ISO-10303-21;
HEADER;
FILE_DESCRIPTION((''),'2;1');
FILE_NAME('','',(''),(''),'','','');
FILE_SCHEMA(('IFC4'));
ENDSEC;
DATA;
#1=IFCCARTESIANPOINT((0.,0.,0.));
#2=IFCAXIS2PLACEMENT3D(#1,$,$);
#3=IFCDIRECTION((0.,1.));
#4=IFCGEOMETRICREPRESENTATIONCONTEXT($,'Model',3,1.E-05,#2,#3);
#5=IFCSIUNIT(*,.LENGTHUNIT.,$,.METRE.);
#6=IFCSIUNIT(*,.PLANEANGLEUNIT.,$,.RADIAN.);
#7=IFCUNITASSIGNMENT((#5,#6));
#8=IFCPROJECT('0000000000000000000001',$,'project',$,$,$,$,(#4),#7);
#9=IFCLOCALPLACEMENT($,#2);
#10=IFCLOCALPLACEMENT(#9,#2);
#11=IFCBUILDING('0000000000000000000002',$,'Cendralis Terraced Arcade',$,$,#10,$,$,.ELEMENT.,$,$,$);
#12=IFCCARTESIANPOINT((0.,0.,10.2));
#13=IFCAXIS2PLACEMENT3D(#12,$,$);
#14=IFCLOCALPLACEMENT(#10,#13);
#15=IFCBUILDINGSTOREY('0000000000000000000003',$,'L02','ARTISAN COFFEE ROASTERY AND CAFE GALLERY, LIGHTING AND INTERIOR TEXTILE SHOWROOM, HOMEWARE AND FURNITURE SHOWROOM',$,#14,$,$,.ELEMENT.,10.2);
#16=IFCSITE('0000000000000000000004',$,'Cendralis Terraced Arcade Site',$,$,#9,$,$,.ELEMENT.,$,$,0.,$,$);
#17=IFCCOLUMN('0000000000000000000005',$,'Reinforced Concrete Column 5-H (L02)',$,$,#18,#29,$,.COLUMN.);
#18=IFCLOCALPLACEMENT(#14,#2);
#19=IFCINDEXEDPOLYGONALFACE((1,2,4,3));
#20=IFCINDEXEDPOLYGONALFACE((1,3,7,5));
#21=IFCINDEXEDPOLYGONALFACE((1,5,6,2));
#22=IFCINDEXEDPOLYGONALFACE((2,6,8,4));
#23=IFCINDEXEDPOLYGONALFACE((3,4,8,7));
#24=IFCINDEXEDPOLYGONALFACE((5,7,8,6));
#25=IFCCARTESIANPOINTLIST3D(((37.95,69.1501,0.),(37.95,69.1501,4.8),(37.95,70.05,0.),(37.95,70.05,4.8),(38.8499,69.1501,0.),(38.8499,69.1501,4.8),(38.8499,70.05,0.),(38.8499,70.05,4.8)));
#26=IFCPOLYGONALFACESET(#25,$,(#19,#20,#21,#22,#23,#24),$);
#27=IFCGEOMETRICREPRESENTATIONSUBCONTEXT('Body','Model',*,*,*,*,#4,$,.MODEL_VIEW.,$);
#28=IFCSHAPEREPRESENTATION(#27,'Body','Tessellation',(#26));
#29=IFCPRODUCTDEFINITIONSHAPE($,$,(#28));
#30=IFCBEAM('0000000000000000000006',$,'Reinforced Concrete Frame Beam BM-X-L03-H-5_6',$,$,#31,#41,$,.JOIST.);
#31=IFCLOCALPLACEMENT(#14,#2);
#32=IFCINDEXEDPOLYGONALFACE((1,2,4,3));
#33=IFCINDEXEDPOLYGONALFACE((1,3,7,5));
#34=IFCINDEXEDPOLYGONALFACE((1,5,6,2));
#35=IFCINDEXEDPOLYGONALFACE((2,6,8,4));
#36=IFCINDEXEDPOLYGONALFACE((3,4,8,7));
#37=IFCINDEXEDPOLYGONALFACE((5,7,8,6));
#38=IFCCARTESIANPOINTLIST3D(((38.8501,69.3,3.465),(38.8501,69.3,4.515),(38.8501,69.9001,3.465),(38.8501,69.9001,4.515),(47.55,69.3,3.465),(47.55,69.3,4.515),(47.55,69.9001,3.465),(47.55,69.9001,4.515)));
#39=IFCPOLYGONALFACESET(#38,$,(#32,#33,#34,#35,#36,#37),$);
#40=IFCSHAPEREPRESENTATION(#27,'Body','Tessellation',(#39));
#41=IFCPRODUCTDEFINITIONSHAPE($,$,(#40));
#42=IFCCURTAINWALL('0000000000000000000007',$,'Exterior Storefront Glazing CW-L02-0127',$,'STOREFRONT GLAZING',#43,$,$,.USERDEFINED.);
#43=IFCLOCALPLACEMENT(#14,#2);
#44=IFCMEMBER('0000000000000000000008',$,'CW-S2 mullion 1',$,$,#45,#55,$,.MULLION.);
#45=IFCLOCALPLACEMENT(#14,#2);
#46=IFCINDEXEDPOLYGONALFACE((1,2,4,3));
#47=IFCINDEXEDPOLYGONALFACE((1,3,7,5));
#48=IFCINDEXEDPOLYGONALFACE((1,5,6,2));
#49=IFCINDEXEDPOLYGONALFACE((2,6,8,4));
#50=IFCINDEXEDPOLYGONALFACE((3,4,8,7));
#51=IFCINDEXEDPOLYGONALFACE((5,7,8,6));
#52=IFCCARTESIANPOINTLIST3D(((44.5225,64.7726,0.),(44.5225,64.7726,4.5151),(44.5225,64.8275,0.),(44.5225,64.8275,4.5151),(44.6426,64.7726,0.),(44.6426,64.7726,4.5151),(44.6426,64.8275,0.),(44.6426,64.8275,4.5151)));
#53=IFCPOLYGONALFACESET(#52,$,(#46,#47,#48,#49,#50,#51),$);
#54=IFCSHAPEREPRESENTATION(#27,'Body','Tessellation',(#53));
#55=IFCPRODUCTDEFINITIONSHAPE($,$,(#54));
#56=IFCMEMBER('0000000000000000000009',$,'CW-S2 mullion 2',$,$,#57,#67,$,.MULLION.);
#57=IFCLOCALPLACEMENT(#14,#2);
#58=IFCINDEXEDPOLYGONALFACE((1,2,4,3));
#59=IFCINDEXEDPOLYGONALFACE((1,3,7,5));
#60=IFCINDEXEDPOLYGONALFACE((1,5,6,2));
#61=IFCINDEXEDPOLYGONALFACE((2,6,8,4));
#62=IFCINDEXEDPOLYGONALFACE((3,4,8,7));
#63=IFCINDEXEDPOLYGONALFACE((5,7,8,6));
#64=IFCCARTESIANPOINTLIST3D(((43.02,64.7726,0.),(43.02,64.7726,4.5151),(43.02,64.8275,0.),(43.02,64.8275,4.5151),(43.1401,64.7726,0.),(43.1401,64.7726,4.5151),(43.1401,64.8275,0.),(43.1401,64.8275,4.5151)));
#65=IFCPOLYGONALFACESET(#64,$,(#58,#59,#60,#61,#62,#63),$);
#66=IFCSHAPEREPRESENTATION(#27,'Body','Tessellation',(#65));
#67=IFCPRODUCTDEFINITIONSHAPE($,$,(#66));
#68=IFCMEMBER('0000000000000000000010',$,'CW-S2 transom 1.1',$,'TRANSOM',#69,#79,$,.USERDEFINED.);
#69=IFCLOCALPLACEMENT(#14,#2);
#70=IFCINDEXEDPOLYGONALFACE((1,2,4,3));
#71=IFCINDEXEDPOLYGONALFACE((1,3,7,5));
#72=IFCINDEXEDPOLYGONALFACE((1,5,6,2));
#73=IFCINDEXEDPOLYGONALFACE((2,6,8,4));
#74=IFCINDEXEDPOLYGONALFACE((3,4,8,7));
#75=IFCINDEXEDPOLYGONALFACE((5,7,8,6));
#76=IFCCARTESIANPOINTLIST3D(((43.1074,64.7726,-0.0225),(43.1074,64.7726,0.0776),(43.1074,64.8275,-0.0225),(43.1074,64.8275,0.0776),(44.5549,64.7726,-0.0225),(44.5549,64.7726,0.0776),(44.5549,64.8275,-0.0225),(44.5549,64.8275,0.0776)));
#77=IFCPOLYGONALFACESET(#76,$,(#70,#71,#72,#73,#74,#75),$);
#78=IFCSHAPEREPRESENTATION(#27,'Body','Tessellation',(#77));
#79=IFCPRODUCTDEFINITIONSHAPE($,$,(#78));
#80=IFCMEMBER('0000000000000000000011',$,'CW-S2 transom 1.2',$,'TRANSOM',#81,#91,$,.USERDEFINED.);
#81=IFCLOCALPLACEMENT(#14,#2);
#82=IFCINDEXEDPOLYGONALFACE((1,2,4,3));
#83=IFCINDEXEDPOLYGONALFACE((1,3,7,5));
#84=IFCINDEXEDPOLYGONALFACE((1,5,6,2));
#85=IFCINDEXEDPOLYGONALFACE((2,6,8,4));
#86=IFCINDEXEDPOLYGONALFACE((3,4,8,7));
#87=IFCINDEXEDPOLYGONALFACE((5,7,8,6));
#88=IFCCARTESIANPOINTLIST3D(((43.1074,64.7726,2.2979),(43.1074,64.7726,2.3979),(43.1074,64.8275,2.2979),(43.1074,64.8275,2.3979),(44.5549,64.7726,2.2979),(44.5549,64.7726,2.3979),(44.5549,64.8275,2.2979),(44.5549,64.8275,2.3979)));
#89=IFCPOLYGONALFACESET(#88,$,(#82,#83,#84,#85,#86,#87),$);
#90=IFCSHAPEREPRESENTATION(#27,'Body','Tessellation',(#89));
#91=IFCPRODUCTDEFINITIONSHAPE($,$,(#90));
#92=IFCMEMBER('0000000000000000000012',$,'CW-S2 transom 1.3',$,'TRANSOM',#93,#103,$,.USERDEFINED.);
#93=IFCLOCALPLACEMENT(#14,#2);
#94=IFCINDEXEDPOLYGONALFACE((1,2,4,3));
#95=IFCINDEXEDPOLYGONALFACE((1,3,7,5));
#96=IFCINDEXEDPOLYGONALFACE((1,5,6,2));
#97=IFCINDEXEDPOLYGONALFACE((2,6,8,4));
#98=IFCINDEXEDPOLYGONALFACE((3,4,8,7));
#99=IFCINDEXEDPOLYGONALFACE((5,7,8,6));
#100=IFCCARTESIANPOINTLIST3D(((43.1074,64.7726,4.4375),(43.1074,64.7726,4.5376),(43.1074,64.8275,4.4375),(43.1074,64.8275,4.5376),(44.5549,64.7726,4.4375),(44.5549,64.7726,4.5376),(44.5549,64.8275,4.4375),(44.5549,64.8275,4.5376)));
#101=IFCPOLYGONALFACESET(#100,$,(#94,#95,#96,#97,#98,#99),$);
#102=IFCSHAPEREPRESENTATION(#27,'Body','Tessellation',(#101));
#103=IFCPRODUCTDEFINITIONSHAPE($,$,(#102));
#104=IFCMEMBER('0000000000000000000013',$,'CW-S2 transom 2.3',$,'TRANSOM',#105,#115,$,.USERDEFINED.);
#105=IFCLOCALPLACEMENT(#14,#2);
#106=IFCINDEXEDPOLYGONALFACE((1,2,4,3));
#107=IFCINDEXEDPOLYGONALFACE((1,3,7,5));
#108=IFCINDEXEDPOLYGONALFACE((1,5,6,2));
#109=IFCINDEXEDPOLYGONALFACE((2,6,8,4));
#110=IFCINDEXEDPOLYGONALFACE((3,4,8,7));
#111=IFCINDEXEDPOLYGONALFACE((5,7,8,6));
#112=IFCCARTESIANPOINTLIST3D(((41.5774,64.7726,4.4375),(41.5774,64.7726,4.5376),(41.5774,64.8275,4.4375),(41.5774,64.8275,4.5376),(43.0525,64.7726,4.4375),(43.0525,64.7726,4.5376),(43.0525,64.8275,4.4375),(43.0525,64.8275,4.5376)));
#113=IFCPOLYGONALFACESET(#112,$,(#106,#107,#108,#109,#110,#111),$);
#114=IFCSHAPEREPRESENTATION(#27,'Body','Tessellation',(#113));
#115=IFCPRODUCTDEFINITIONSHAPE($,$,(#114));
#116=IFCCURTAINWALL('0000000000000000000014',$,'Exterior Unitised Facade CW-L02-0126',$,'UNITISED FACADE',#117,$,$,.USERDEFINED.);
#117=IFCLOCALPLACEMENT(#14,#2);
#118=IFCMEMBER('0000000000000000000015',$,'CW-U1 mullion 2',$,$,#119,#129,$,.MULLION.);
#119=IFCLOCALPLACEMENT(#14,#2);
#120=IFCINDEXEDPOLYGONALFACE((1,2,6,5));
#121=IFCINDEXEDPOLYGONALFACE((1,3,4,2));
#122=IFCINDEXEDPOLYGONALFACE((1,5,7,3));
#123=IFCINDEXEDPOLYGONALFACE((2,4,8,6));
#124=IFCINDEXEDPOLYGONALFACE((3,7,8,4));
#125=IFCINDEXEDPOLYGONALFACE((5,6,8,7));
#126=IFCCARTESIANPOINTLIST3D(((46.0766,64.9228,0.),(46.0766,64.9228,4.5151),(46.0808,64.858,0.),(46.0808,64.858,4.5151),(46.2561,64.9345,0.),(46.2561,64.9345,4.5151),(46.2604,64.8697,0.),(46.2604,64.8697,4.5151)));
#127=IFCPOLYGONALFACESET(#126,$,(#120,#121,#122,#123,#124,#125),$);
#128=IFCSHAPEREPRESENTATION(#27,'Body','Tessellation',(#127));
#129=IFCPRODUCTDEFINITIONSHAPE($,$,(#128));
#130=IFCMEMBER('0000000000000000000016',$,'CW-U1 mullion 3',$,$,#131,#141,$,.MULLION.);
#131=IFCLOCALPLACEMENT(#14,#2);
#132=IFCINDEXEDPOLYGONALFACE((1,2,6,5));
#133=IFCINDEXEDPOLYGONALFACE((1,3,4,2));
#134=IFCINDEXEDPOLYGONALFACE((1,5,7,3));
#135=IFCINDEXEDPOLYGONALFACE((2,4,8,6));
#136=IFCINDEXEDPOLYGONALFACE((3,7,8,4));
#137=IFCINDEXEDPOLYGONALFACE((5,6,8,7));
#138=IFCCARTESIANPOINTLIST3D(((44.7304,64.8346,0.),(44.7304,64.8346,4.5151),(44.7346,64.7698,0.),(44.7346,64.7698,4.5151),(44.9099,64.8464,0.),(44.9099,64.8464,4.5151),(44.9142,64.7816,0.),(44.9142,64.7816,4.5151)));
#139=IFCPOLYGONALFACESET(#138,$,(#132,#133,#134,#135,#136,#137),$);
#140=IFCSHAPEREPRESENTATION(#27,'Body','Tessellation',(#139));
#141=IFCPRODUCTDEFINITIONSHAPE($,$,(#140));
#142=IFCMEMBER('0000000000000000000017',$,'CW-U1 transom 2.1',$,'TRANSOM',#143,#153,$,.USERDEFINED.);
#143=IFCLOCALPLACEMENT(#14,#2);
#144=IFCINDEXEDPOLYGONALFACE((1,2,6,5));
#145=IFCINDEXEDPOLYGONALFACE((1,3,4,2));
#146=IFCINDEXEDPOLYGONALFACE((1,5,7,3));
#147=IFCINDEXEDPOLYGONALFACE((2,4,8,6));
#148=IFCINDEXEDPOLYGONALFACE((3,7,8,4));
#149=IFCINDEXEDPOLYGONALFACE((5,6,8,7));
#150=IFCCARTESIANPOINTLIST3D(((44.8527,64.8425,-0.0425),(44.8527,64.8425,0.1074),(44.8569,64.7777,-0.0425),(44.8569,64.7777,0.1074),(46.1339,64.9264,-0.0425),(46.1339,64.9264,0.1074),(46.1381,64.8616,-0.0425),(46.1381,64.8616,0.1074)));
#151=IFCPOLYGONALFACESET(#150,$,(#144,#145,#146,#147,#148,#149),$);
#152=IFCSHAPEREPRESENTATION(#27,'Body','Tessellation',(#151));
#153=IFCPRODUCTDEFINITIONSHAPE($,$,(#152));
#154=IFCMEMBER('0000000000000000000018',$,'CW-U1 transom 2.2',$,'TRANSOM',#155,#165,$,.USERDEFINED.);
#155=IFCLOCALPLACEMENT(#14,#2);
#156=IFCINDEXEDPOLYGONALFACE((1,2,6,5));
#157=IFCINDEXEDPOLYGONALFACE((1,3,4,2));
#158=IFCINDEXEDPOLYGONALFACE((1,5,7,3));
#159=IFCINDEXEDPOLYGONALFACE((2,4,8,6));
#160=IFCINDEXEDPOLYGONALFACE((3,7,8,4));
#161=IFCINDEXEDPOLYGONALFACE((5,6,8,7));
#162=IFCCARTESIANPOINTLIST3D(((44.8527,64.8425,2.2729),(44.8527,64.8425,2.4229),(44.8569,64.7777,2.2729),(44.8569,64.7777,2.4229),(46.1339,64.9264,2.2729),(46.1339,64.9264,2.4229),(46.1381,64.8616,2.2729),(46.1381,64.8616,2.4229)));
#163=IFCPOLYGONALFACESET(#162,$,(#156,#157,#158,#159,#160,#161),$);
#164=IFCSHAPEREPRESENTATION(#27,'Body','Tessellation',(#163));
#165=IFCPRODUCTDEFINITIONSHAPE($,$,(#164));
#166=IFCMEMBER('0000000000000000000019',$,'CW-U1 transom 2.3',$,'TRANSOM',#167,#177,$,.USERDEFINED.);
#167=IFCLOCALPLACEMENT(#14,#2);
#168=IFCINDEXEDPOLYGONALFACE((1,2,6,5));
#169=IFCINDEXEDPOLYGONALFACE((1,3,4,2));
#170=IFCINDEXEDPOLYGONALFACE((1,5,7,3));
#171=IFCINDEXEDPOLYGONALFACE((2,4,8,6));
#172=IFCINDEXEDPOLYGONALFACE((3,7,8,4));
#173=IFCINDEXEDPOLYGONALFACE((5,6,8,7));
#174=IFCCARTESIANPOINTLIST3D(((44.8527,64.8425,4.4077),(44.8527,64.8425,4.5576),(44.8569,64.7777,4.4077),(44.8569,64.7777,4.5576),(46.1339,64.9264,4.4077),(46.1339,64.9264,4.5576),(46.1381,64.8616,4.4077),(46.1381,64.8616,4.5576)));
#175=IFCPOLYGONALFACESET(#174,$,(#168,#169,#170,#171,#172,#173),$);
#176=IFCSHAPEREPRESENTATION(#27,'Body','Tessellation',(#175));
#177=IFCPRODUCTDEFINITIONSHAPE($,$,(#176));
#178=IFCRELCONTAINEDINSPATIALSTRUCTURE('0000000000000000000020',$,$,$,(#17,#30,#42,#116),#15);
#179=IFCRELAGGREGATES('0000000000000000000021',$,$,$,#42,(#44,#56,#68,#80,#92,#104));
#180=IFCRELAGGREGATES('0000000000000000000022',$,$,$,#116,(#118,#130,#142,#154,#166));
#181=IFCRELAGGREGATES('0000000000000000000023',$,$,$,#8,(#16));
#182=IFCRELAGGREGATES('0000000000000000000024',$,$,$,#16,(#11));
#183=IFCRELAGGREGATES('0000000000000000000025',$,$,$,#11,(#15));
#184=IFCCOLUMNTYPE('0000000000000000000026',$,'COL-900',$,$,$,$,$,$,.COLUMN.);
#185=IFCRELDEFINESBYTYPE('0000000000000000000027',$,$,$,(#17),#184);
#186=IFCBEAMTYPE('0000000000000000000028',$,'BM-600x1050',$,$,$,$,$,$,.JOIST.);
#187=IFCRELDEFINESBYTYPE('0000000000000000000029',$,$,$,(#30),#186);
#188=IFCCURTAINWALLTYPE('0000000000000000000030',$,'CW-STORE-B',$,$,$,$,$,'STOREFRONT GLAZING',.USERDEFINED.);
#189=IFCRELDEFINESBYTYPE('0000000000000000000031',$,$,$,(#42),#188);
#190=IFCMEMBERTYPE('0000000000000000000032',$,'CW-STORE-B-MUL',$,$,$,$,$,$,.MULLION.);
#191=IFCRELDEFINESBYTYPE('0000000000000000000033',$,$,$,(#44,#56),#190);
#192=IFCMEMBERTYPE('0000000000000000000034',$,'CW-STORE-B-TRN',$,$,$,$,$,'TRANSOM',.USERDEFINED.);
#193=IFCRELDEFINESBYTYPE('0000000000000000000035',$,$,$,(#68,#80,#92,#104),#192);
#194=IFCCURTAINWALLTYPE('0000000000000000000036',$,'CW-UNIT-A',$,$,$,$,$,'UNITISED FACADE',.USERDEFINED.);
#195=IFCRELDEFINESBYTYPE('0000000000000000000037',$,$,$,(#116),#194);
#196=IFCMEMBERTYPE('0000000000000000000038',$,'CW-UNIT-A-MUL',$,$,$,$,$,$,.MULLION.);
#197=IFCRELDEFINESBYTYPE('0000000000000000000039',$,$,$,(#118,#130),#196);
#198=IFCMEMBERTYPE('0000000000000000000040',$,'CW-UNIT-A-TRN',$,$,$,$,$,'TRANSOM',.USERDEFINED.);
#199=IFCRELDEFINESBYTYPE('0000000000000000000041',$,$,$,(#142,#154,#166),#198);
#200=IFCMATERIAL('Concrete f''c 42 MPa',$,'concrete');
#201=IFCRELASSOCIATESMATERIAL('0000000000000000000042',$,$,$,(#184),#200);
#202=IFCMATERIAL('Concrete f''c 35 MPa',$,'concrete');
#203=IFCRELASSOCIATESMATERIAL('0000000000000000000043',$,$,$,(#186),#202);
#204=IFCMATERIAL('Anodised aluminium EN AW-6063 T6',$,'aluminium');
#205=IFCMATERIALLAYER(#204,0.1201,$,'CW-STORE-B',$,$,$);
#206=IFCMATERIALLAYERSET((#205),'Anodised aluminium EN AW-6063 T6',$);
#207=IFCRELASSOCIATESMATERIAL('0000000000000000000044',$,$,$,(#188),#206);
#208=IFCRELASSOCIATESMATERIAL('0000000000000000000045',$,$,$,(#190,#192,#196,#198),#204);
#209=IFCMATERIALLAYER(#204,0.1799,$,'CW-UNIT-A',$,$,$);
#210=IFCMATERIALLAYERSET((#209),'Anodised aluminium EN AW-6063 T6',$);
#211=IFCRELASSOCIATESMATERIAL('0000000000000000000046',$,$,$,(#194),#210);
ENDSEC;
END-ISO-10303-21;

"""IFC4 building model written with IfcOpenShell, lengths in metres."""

from ifc_helpers import new_model, si_unit, direction, frame, origin, origin_2d, place, context, subcontext, project, spatial, rectangle, extrude, material, layer, layer_set, material_profile, profile_set, type_object, element, aggregate, save


model = new_model("IFC4")

# Units and contexts
model_context = context("Model", 3, precision=1e-05, world=origin(), true_north=direction((0.0, 1.0)))
body_context = subcontext(model_context, "Body", "Model", "MODEL_VIEW")
ifc_project = project(units=[si_unit("LENGTHUNIT", "METRE"), si_unit("PLANEANGLEUNIT", "RADIAN")], contexts=[model_context])

# Site, building, storey
site_placement = place(None, origin())
site = spatial("IfcSite", under=ifc_project, at=site_placement, Name="Cendralis Terraced Arcade Site", CompositionType="ELEMENT", RefElevation=0.0)
building_placement = place(site_placement, origin())
building = spatial("IfcBuilding", under=site, at=building_placement, Name="Cendralis Terraced Arcade", CompositionType="ELEMENT")
storey_placement = place(building_placement, frame((0.0, 0.0, 10.2)))
storey = spatial("IfcBuildingStorey", under=building, at=storey_placement, Name="L02", Description="ARTISAN COFFEE ROASTERY AND CAFE GALLERY, LIGHTING AND INTERIOR TEXTILE SHOWROOM, HOMEWARE AND FURNITURE SHOWROOM", CompositionType="ELEMENT", Elevation=10.2)

# Column
ifc_material_1 = material(Name="Concrete f'c 42 MPa", Category="concrete")
ifc_material_profile_1 = material_profile(ifc_material_1, rectangle(XDim=0.8999, YDim=0.8999, at=origin_2d()), Name="RC-COL-900x900", Category="LoadBearing")
ifc_profile_set_1 = profile_set([ifc_material_profile_1], Name="Concrete f'c 42 MPa")
column_type = type_object("IfcColumnType", Name="COL-900", PredefinedType="COLUMN", material=ifc_profile_set_1)
column_placement = place(storey_placement, frame((38.3999, 69.6001, 0.0), z_axis=(0.0, 0.0, 1.0), x_axis=(1.0, 0.0, 0.0)))
element("IfcColumn", 1, at=column_placement, inside=storey, type_object=column_type, Name="Reinforced Concrete Column 5-H (L02)", PredefinedType="COLUMN", context=body_context, shape_type="SweptSolid", body=[
    extrude(rectangle(XDim=0.8999, YDim=0.8999, at=origin_2d()), origin(), (0.0, 0.0, 1.0), 4.8),
])

# Beam
ifc_material_2 = material(Name="Concrete f'c 35 MPa", Category="concrete")
ifc_material_profile_2 = material_profile(ifc_material_2, rectangle(XDim=0.6001, YDim=1.05, at=origin_2d()), Name="RC-BM-600x1050", Category="LoadBearing")
ifc_profile_set_2 = profile_set([ifc_material_profile_2], Name="Concrete f'c 35 MPa")
beam_type = type_object("IfcBeamType", Name="BM-600x1050", PredefinedType="JOIST", material=ifc_profile_set_2)
beam_placement = place(storey_placement, frame((38.8501, 69.6001, 3.99), z_axis=(1.0, 0.0, 0.0), x_axis=(0.0, 1.0, 0.0)))
element("IfcBeam", 2, at=beam_placement, inside=storey, type_object=beam_type, Name="Reinforced Concrete Frame Beam BM-X-L03-H-5_6", PredefinedType="JOIST", context=body_context, shape_type="SweptSolid", body=[
    extrude(rectangle(XDim=0.6001, YDim=1.05, at=origin_2d()), origin(), (0.0, 0.0, 1.0), 8.7),
])

# Curtain walls, members
ifc_material_3 = material(Name="Anodised aluminium EN AW-6063 T6", Category="aluminium")
ifc_layer_1 = layer(ifc_material_3, 0.1201, Name="CW-STORE-B")
ifc_layer_set_1 = layer_set([ifc_layer_1], Name="Anodised aluminium EN AW-6063 T6")
curtain_wall_type_1 = type_object("IfcCurtainWallType", Name="CW-STORE-B", ElementType="STOREFRONT GLAZING", PredefinedType="USERDEFINED", material=ifc_layer_set_1)
curtain_wall_1_placement = place(storey_placement, origin())
curtain_wall_1 = element("IfcCurtainWall", 3, at=curtain_wall_1_placement, inside=storey, type_object=curtain_wall_type_1, Name="Exterior Storefront Glazing CW-L02-0127", ObjectType="STOREFRONT GLAZING", PredefinedType="USERDEFINED")
ifc_material_profile_3 = material_profile(ifc_material_3, rectangle(XDim=0.0549, YDim=0.1201, at=origin_2d()), Name="ALU-MUL-55x120")
ifc_profile_set_3 = profile_set([ifc_material_profile_3], Name="Anodised aluminium EN AW-6063 T6")
member_type_1 = type_object("IfcMemberType", Name="CW-STORE-B-MUL", PredefinedType="MULLION", material=ifc_profile_set_3)
member_1_placement = place(storey_placement, frame((44.5825, 64.8, 0.0), z_axis=(0.0, 0.0, 1.0), x_axis=(0.0, -1.0, 0.0)))
member_1 = element("IfcMember", 4, at=member_1_placement, type_object=member_type_1, Name="CW-S2 mullion 1", PredefinedType="MULLION", context=body_context, shape_type="SweptSolid", body=[
    extrude(rectangle(XDim=0.0549, YDim=0.1201, at=origin_2d()), origin(), (0.0, 0.0, 1.0), 4.5151),
])
member_2_placement = place(storey_placement, frame((43.0801, 64.8, 0.0), z_axis=(0.0, 0.0, 1.0), x_axis=(0.0, -1.0, 0.0)))
member_2 = element("IfcMember", 5, at=member_2_placement, type_object=member_type_1, Name="CW-S2 mullion 2", PredefinedType="MULLION", context=body_context, shape_type="SweptSolid", body=[
    extrude(rectangle(XDim=0.0549, YDim=0.1201, at=origin_2d()), origin(), (0.0, 0.0, 1.0), 4.5151),
])
ifc_material_profile_4 = material_profile(ifc_material_3, rectangle(XDim=0.0549, YDim=0.1001, at=origin_2d()), Name="ALU-TRN-55x100")
ifc_profile_set_4 = profile_set([ifc_material_profile_4], Name="Anodised aluminium EN AW-6063 T6")
member_type_2 = type_object("IfcMemberType", Name="CW-STORE-B-TRN", ElementType="TRANSOM", PredefinedType="USERDEFINED", material=ifc_profile_set_4)
member_3_placement = place(storey_placement, frame((44.5549, 64.8, 0.0276), z_axis=(-1.0, 0.0, 0.0), x_axis=(0.0, -1.0, 0.0)))
member_3 = element("IfcMember", 6, at=member_3_placement, type_object=member_type_2, Name="CW-S2 transom 1.1", ObjectType="TRANSOM", PredefinedType="USERDEFINED", context=body_context, shape_type="SweptSolid", body=[
    extrude(rectangle(XDim=0.0549, YDim=0.1001, at=origin_2d()), origin(), (0.0, 0.0, 1.0), 1.4475),
])
member_4_placement = place(storey_placement, frame((44.5549, 64.8, 2.3479), z_axis=(-1.0, 0.0, 0.0), x_axis=(0.0, -1.0, 0.0)))
member_4 = element("IfcMember", 7, at=member_4_placement, type_object=member_type_2, Name="CW-S2 transom 1.2", ObjectType="TRANSOM", PredefinedType="USERDEFINED", context=body_context, shape_type="SweptSolid", body=[
    extrude(rectangle(XDim=0.0549, YDim=0.1001, at=origin_2d()), origin(), (0.0, 0.0, 1.0), 1.4475),
])
member_5_placement = place(storey_placement, frame((44.5549, 64.8, 4.4875), z_axis=(-1.0, 0.0, 0.0), x_axis=(0.0, -1.0, 0.0)))
member_5 = element("IfcMember", 8, at=member_5_placement, type_object=member_type_2, Name="CW-S2 transom 1.3", ObjectType="TRANSOM", PredefinedType="USERDEFINED", context=body_context, shape_type="SweptSolid", body=[
    extrude(rectangle(XDim=0.0549, YDim=0.1001, at=origin_2d()), origin(), (0.0, 0.0, 1.0), 1.4475),
])
member_6_placement = place(storey_placement, frame((43.0525, 64.8, 4.4875), z_axis=(-1.0, 0.0, 0.0), x_axis=(0.0, -1.0, 0.0)))
member_6 = element("IfcMember", 9, at=member_6_placement, type_object=member_type_2, Name="CW-S2 transom 2.3", ObjectType="TRANSOM", PredefinedType="USERDEFINED", context=body_context, shape_type="SweptSolid", body=[
    extrude(rectangle(XDim=0.0549, YDim=0.1001, at=origin_2d()), origin(), (0.0, 0.0, 1.0), 1.4751),
])
ifc_layer_2 = layer(ifc_material_3, 0.1799, Name="CW-UNIT-A")
ifc_layer_set_2 = layer_set([ifc_layer_2], Name="Anodised aluminium EN AW-6063 T6")
curtain_wall_type_2 = type_object("IfcCurtainWallType", Name="CW-UNIT-A", ElementType="UNITISED FACADE", PredefinedType="USERDEFINED", material=ifc_layer_set_2)
curtain_wall_2_placement = place(storey_placement, origin())
curtain_wall_2 = element("IfcCurtainWall", 10, at=curtain_wall_2_placement, inside=storey, type_object=curtain_wall_type_2, Name="Exterior Unitised Facade CW-L02-0126", ObjectType="UNITISED FACADE", PredefinedType="USERDEFINED")
ifc_material_profile_5 = material_profile(ifc_material_3, rectangle(XDim=0.0649, YDim=0.1799, at=origin_2d()), Name="ALU-MUL-65x180")
ifc_profile_set_5 = profile_set([ifc_material_profile_5], Name="Anodised aluminium EN AW-6063 T6")
member_type_3 = type_object("IfcMemberType", Name="CW-UNIT-A-MUL", PredefinedType="MULLION", material=ifc_profile_set_5)
member_7_placement = place(storey_placement, frame((46.1685, 64.8962, 0.0), z_axis=(0.0, 0.0, 1.0), x_axis=(0.065397, -0.997859, 0.0)))
member_7 = element("IfcMember", 11, at=member_7_placement, type_object=member_type_3, Name="CW-U1 mullion 2", PredefinedType="MULLION", context=body_context, shape_type="SweptSolid", body=[
    extrude(rectangle(XDim=0.0649, YDim=0.1799, at=origin_2d()), origin(), (0.0, 0.0, 1.0), 4.5151),
])
member_8_placement = place(storey_placement, frame((44.8223, 64.8081, 0.0), z_axis=(0.0, 0.0, 1.0), x_axis=(0.065397, -0.997859, 0.0)))
member_8 = element("IfcMember", 12, at=member_8_placement, type_object=member_type_3, Name="CW-U1 mullion 3", PredefinedType="MULLION", context=body_context, shape_type="SweptSolid", body=[
    extrude(rectangle(XDim=0.0649, YDim=0.1799, at=origin_2d()), origin(), (0.0, 0.0, 1.0), 4.5151),
])
ifc_material_profile_6 = material_profile(ifc_material_3, rectangle(XDim=0.0649, YDim=0.1499, at=origin_2d()), Name="ALU-TRN-65x150")
ifc_profile_set_6 = profile_set([ifc_material_profile_6], Name="Anodised aluminium EN AW-6063 T6")
member_type_4 = type_object("IfcMemberType", Name="CW-UNIT-A-TRN", ElementType="TRANSOM", PredefinedType="USERDEFINED", material=ifc_profile_set_6)
member_9_placement = place(storey_placement, frame((46.136, 64.894, 0.0325), z_axis=(-0.997859, -0.065408, 0.0), x_axis=(0.065408, -0.997859, 0.0)))
member_9 = element("IfcMember", 13, at=member_9_placement, type_object=member_type_4, Name="CW-U1 transom 2.1", ObjectType="TRANSOM", PredefinedType="USERDEFINED", context=body_context, shape_type="SweptSolid", body=[
    extrude(rectangle(XDim=0.0649, YDim=0.1499, at=origin_2d()), origin(), (0.0, 0.0, 1.0), 1.2839),
])
member_10_placement = place(storey_placement, frame((46.136, 64.894, 2.3479), z_axis=(-0.997859, -0.065408, 0.0), x_axis=(0.065408, -0.997859, 0.0)))
member_10 = element("IfcMember", 14, at=member_10_placement, type_object=member_type_4, Name="CW-U1 transom 2.2", ObjectType="TRANSOM", PredefinedType="USERDEFINED", context=body_context, shape_type="SweptSolid", body=[
    extrude(rectangle(XDim=0.0649, YDim=0.1499, at=origin_2d()), origin(), (0.0, 0.0, 1.0), 1.2839),
])
member_11_placement = place(storey_placement, frame((46.136, 64.894, 4.4827), z_axis=(-0.997859, -0.065408, 0.0), x_axis=(0.065408, -0.997859, 0.0)))
member_11 = element("IfcMember", 15, at=member_11_placement, type_object=member_type_4, Name="CW-U1 transom 2.3", ObjectType="TRANSOM", PredefinedType="USERDEFINED", context=body_context, shape_type="SweptSolid", body=[
    extrude(rectangle(XDim=0.0649, YDim=0.1499, at=origin_2d()), origin(), (0.0, 0.0, 1.0), 1.2839),
])

aggregate(curtain_wall_1, [member_1, member_2, member_3, member_4, member_5, member_6])
aggregate(curtain_wall_2, [member_7, member_8, member_9, member_10, member_11])

save(model, "model.ifc")
